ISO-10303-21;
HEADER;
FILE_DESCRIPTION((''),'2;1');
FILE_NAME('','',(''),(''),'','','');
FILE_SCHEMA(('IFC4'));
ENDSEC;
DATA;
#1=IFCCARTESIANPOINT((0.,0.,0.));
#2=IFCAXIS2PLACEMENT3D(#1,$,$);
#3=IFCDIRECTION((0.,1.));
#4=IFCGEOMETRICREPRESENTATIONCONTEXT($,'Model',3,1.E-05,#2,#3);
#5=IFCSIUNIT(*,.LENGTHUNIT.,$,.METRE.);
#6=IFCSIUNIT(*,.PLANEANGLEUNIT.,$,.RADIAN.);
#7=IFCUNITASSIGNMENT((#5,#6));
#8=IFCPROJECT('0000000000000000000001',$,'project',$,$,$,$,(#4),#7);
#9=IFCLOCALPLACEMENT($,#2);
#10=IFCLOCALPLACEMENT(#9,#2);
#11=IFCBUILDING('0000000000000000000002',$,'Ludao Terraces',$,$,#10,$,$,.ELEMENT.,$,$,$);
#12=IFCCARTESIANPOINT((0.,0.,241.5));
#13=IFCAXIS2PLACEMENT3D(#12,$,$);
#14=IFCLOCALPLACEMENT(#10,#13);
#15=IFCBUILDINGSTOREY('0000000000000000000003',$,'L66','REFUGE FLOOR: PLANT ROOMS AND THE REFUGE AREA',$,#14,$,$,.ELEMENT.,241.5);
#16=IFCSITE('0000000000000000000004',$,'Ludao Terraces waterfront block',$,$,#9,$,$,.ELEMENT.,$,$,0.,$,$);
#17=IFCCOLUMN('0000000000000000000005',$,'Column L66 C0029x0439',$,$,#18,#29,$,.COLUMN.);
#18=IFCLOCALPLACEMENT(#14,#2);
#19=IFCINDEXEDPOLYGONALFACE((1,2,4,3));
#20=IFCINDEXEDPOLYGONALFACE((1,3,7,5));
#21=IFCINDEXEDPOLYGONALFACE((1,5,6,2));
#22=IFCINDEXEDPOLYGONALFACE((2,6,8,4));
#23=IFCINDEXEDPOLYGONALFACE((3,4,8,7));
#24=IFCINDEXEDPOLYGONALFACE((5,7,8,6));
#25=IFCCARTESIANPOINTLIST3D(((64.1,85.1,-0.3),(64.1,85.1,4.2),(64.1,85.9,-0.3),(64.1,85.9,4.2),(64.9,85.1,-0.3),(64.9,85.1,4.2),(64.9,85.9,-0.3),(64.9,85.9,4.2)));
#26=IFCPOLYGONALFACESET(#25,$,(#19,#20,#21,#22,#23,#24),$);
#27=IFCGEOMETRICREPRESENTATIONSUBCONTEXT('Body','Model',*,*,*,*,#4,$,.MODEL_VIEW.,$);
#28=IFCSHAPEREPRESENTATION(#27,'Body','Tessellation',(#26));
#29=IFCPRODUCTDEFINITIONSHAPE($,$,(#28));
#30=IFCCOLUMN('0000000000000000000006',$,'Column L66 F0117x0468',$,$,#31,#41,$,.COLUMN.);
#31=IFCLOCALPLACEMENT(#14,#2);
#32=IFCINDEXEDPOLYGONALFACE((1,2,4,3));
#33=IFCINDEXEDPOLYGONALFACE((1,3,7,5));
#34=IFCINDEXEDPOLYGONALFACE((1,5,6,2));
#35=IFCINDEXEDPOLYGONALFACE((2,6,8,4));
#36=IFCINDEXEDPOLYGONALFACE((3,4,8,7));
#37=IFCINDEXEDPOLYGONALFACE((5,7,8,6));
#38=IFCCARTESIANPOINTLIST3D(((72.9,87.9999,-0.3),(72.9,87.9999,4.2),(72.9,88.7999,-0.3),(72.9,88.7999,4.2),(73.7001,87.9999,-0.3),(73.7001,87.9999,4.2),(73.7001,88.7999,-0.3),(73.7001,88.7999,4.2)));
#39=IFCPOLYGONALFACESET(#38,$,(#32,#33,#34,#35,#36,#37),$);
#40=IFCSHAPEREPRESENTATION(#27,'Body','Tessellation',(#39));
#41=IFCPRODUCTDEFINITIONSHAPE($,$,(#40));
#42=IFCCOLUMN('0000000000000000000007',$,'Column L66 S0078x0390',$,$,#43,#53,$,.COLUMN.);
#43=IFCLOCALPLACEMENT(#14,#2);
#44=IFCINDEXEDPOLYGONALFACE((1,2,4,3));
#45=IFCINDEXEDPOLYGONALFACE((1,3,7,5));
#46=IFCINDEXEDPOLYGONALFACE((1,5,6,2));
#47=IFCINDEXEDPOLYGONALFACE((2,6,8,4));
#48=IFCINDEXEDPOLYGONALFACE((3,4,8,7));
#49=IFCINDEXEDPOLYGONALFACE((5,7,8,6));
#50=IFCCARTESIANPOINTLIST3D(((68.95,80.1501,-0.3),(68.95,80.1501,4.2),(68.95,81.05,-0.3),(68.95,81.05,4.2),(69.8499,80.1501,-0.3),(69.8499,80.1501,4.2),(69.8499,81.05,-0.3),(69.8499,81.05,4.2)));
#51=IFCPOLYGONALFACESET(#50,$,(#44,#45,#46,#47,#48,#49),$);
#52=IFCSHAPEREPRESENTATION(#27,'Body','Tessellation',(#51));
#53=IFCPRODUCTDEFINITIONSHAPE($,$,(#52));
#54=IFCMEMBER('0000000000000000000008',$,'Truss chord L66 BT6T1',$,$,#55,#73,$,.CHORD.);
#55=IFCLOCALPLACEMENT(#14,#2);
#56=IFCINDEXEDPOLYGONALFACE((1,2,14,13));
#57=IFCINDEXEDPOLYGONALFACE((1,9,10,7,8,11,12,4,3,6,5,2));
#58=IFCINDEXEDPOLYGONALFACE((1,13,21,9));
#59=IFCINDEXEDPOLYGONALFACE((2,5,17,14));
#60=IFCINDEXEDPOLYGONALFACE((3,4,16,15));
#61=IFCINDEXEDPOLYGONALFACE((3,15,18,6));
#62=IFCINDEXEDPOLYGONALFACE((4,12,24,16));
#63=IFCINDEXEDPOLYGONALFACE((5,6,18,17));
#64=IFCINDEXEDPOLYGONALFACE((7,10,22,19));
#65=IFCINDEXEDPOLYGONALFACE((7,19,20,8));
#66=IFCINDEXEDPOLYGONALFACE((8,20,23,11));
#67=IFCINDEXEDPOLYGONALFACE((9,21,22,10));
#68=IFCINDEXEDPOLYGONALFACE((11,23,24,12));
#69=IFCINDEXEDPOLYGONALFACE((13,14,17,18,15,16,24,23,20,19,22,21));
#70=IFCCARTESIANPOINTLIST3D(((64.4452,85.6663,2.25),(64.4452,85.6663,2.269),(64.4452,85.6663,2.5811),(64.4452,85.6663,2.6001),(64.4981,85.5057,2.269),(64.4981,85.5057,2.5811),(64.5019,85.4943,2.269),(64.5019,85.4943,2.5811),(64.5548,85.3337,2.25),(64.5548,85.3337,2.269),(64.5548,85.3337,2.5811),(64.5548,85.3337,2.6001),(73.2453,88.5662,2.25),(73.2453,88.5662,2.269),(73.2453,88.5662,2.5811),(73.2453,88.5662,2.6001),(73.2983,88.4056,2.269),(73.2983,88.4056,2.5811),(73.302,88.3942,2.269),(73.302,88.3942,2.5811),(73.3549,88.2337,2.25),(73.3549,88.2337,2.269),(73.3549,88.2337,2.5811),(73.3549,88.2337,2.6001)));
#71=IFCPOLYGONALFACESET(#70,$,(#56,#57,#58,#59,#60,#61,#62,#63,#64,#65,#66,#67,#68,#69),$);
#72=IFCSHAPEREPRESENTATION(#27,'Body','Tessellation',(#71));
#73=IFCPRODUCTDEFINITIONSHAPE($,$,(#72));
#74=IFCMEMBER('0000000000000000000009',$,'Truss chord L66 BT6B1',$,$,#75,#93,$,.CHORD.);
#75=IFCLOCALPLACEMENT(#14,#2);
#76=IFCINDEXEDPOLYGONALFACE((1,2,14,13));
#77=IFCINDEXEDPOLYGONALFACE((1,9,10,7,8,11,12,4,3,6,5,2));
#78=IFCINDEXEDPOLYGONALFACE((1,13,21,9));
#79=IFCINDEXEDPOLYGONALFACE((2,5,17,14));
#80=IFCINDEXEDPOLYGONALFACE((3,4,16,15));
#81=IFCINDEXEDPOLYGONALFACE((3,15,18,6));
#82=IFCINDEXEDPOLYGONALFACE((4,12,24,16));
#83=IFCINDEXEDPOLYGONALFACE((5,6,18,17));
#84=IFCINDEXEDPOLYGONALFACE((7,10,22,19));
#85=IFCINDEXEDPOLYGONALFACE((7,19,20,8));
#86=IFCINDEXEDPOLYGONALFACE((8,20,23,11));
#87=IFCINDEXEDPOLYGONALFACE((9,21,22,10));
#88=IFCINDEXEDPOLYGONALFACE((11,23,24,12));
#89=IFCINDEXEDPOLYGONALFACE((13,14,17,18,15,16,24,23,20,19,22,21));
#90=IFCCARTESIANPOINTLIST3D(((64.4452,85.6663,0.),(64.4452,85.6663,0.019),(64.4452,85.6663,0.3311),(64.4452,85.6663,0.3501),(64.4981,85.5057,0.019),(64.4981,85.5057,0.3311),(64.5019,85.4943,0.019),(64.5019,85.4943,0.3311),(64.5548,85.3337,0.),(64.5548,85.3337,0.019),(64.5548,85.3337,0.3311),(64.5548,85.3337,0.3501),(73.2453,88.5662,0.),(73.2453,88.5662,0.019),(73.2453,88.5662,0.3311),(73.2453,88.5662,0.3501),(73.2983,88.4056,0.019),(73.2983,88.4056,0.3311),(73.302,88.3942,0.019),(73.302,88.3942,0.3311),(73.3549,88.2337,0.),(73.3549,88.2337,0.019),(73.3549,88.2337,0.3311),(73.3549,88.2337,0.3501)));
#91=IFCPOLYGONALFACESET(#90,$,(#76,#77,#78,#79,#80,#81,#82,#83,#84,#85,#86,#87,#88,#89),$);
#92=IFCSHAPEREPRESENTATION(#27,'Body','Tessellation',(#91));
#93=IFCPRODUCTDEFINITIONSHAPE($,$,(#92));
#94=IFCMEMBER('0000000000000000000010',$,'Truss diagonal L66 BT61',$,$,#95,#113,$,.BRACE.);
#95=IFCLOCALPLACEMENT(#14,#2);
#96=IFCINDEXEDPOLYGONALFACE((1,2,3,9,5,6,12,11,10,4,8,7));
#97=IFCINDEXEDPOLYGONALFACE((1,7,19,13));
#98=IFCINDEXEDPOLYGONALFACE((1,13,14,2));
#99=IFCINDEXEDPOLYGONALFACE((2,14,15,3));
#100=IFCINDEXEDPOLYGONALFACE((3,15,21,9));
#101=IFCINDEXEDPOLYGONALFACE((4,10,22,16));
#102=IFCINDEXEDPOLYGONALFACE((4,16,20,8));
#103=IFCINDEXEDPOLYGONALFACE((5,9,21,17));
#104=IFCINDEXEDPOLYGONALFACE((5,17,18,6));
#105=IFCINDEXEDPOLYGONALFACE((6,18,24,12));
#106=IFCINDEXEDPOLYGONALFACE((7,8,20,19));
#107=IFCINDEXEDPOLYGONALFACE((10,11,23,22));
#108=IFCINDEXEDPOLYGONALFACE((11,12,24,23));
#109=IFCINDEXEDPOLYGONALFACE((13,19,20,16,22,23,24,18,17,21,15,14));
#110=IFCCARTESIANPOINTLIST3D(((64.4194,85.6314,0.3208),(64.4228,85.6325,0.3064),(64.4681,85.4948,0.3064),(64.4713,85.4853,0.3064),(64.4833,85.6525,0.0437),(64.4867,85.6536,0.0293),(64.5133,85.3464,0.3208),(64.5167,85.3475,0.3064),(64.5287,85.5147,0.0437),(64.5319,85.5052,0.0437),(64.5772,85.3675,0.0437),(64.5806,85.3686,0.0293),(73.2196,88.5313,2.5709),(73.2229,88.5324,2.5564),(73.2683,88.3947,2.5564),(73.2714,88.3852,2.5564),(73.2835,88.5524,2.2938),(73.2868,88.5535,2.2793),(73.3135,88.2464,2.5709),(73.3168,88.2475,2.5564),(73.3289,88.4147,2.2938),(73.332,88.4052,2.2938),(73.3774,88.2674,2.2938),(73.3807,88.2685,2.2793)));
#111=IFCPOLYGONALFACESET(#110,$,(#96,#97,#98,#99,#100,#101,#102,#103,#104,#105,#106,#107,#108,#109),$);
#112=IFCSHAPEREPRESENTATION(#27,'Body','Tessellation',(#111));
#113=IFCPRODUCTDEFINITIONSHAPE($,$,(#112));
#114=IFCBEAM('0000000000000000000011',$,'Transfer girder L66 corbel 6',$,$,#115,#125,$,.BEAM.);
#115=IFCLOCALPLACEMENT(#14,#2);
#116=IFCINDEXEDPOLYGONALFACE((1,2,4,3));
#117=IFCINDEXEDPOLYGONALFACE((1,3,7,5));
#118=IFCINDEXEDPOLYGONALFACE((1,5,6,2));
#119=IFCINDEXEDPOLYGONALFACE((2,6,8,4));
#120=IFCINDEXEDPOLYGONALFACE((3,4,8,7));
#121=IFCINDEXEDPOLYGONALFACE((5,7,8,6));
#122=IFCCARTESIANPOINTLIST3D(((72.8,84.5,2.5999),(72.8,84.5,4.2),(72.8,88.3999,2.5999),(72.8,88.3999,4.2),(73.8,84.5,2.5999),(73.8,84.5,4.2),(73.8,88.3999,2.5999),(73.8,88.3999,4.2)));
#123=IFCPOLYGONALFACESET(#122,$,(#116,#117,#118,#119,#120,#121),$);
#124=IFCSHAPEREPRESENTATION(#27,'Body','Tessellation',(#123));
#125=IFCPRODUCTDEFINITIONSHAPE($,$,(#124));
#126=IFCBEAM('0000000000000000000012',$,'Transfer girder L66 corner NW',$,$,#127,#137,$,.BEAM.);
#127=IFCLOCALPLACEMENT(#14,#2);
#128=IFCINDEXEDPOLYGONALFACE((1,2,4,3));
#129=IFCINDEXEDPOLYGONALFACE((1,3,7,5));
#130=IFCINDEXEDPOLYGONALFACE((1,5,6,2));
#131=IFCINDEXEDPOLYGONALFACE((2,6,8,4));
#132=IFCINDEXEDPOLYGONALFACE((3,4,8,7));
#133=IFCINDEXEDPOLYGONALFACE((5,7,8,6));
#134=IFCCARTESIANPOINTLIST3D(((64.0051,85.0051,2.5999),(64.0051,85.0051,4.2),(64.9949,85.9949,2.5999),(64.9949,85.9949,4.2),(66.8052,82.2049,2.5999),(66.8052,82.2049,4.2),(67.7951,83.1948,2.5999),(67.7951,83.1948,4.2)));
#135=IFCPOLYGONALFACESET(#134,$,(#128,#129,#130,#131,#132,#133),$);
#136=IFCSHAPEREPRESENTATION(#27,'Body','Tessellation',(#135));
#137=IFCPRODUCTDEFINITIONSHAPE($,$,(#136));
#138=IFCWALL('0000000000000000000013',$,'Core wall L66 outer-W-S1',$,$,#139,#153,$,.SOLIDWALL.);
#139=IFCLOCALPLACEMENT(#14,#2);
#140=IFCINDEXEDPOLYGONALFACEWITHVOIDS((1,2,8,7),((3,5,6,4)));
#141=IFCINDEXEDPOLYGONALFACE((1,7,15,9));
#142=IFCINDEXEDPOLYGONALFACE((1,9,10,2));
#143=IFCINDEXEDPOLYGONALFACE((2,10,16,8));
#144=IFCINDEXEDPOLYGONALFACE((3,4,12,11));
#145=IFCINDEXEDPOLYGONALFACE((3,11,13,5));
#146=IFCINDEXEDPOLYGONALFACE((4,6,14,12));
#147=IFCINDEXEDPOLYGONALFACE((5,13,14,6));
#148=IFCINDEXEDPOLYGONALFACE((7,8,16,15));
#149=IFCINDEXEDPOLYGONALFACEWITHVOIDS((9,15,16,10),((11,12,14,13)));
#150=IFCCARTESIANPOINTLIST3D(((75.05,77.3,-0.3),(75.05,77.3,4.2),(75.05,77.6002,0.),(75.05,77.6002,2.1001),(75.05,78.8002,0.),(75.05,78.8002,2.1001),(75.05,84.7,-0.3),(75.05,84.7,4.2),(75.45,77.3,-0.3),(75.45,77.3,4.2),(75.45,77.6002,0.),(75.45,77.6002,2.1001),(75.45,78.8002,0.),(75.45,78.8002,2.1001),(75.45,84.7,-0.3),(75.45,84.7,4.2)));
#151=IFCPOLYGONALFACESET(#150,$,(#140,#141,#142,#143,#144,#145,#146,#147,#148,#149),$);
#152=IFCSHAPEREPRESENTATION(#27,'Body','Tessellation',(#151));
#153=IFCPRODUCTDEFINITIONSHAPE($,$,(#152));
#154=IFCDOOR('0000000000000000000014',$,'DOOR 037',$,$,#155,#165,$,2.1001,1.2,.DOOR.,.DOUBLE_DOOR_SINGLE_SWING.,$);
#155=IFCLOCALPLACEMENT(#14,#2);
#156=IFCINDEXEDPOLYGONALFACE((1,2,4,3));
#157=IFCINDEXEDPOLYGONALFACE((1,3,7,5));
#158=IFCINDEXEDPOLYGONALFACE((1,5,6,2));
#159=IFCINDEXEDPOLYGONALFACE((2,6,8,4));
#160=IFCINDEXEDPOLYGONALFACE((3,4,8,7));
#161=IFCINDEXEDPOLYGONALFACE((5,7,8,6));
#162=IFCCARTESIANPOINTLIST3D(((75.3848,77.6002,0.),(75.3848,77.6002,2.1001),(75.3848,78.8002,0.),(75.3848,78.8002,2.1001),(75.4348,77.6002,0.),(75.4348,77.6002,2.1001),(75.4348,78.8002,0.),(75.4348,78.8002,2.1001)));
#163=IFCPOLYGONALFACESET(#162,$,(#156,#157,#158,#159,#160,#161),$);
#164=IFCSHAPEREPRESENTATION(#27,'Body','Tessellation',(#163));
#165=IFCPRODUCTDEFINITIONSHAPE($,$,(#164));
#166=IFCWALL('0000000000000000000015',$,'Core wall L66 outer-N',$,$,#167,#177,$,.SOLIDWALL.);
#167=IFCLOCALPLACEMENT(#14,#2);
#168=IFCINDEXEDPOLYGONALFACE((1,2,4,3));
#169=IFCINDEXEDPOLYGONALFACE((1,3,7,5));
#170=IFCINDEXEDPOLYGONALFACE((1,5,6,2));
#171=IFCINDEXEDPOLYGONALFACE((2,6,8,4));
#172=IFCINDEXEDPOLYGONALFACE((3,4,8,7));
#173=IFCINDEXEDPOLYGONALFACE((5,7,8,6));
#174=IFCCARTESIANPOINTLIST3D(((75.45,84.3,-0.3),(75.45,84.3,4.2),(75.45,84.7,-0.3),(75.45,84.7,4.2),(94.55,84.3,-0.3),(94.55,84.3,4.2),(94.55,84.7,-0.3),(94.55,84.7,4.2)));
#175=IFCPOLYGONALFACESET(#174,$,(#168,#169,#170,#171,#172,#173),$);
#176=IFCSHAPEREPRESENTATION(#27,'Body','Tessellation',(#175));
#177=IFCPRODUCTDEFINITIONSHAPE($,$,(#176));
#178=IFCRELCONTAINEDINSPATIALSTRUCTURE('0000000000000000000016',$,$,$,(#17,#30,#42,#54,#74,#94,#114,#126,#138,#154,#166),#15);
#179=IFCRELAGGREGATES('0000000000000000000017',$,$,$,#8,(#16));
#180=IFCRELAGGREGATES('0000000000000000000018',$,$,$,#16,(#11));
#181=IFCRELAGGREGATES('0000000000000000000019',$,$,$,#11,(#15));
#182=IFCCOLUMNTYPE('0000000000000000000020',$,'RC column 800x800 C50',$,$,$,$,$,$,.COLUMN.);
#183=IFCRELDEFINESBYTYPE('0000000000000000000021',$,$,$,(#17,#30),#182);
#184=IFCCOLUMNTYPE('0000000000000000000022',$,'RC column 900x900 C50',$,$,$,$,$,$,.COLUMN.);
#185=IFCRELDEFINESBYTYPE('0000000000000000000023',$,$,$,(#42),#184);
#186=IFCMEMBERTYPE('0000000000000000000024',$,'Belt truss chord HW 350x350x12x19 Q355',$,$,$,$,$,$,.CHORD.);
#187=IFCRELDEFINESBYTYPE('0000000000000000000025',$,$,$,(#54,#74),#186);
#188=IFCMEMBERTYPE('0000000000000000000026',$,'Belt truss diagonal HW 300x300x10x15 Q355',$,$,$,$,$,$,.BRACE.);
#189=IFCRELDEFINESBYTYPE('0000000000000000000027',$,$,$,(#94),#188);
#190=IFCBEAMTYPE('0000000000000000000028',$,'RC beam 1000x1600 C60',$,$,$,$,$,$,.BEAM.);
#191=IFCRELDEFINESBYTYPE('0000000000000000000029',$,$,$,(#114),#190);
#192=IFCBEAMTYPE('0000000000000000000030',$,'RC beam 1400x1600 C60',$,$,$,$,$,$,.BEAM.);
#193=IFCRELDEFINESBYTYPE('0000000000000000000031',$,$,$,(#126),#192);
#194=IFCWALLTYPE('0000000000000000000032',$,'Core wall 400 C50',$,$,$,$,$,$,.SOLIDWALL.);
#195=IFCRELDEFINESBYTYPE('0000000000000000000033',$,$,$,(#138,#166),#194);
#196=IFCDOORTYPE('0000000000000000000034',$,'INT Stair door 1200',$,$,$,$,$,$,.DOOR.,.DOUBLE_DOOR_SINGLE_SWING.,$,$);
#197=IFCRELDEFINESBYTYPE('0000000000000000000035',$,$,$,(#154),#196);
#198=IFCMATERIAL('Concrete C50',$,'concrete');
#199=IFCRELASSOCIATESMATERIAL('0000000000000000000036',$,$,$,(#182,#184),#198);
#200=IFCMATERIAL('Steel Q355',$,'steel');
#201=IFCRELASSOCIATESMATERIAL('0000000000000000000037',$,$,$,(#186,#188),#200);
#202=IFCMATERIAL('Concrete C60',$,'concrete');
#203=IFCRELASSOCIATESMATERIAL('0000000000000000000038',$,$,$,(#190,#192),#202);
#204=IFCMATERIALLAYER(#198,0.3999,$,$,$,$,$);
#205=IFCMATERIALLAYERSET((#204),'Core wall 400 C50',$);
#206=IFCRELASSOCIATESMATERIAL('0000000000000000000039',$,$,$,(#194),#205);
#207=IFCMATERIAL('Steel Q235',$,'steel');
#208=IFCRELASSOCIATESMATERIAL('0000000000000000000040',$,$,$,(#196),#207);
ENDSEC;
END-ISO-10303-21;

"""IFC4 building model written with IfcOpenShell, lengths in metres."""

from ifc_helpers import new_model, si_unit, direction, frame, frame_2d, origin, origin_2d, place, context, subcontext, project, spatial, rectangle, i_section, extrude, material, layer, layer_set, material_profile, profile_set, type_object, element, fill, save


model = new_model("IFC4")

# Units and contexts
model_context = context("Model", 3, precision=1e-05, world=origin(), true_north=direction((0.0, 1.0)))
body_context = subcontext(model_context, "Body", "Model", "MODEL_VIEW")
ifc_project = project(units=[si_unit("LENGTHUNIT", "METRE"), si_unit("PLANEANGLEUNIT", "RADIAN")], contexts=[model_context])

# Site, building, storey
site_placement = place(None, origin())
site = spatial("IfcSite", under=ifc_project, at=site_placement, Name="Ludao Terraces waterfront block", CompositionType="ELEMENT", RefElevation=0.0)
building_placement = place(site_placement, origin())
building = spatial("IfcBuilding", under=site, at=building_placement, Name="Ludao Terraces", CompositionType="ELEMENT")
storey_placement = place(building_placement, frame((0.0, 0.0, 241.5)))
storey = spatial("IfcBuildingStorey", under=building, at=storey_placement, Name="L66", Description="REFUGE FLOOR: PLANT ROOMS AND THE REFUGE AREA", CompositionType="ELEMENT", Elevation=241.5)

# Columns
ifc_material_1 = material(Name="Concrete C50", Category="concrete")
ifc_material_profile_1 = material_profile(ifc_material_1, rectangle(XDim=0.8, YDim=0.8, at=origin_2d()), Name="800 X 800")
ifc_profile_set_1 = profile_set([ifc_material_profile_1], Name="Concrete C50")
column_type_1 = type_object("IfcColumnType", Name="RC column 800x800 C50", PredefinedType="COLUMN", material=ifc_profile_set_1)
for number, where, z_axis, x_axis, name in (
    (1, (64.5, 85.5, -0.3), (0.0, 0.0, 1.0), (1.0, 0.0, 0.0), "Column L66 C0029x0439"),
    (2, (73.3, 88.3999, -0.3), (0.0, 0.0, 1.0), (1.0, 0.0, 0.0), "Column L66 F0117x0468"),
):
    element("IfcColumn", number, at=place(storey_placement, frame(where, z_axis=z_axis, x_axis=x_axis)), inside=storey, type_object=column_type_1, Name=name, PredefinedType="COLUMN", context=body_context, shape_type="SweptSolid", body=[
        extrude(rectangle(XDim=0.8, YDim=0.8, at=origin_2d()), origin(), (0.0, 0.0, 1.0), 4.5),
    ])
ifc_material_profile_2 = material_profile(ifc_material_1, rectangle(XDim=0.8999, YDim=0.8999, at=origin_2d()), Name="900 X 900")
ifc_profile_set_2 = profile_set([ifc_material_profile_2], Name="Concrete C50")
column_type_2 = type_object("IfcColumnType", Name="RC column 900x900 C50", PredefinedType="COLUMN", material=ifc_profile_set_2)
column_placement = place(storey_placement, frame((69.3999, 80.6001, -0.3), z_axis=(0.0, 0.0, 1.0), x_axis=(1.0, 0.0, 0.0)))
element("IfcColumn", 3, at=column_placement, inside=storey, type_object=column_type_2, Name="Column L66 S0078x0390", PredefinedType="COLUMN", context=body_context, shape_type="SweptSolid", body=[
    extrude(rectangle(XDim=0.8999, YDim=0.8999, at=origin_2d()), origin(), (0.0, 0.0, 1.0), 4.5),
])

# Members
ifc_material_2 = material(Name="Steel Q355", Category="steel")
ifc_material_profile_3 = material_profile(ifc_material_2, i_section(OverallWidth=0.3501, OverallDepth=0.3501, WebThickness=0.012, FlangeThickness=0.019, at=origin_2d()), Name="HW 350X350X12X19")
ifc_profile_set_3 = profile_set([ifc_material_profile_3], Name="Steel Q355")
member_type_1 = type_object("IfcMemberType", Name="Belt truss chord HW 350x350x12x19 Q355", PredefinedType="CHORD", material=ifc_profile_set_3)
for number, where, z_axis, x_axis, name in (
    (4, (64.5, 85.5, 2.425), (0.949761, 0.312977, 0.0), (-0.312977, 0.949761, 0.0), "Truss chord L66 BT6T1"),
    (5, (64.5, 85.5, 0.175), (0.949761, 0.312977, 0.0), (-0.312977, 0.949761, 0.0), "Truss chord L66 BT6B1"),
):
    element("IfcMember", number, at=place(storey_placement, frame(where, z_axis=z_axis, x_axis=x_axis)), inside=storey, type_object=member_type_1, Name=name, PredefinedType="CHORD", context=body_context, shape_type="SweptSolid", body=[
        extrude(i_section(OverallWidth=0.3501, OverallDepth=0.3501, WebThickness=0.012, FlangeThickness=0.019, at=origin_2d()), origin(), (0.0, 0.0, 1.0), 9.2656),
    ])
ifc_material_profile_4 = material_profile(ifc_material_2, i_section(OverallWidth=0.3, OverallDepth=0.3, WebThickness=0.01, FlangeThickness=0.0149, at=origin_2d()), Name="HW 300X300X10X15")
ifc_profile_set_4 = profile_set([ifc_material_profile_4], Name="Steel Q355")
member_type_2 = type_object("IfcMemberType", Name="Belt truss diagonal HW 300x300x10x15 Q355", PredefinedType="BRACE", material=ifc_profile_set_4)
member_placement = place(storey_placement, frame((64.5, 85.5, 0.175), z_axis=(0.922938, 0.304138, 0.235977), x_axis=(-0.312977, 0.949761, 0.0)))
element("IfcMember", 6, at=member_placement, inside=storey, type_object=member_type_2, Name="Truss diagonal L66 BT61", PredefinedType="BRACE", context=body_context, shape_type="SweptSolid", body=[
    extrude(i_section(OverallWidth=0.3, OverallDepth=0.3, WebThickness=0.01, FlangeThickness=0.0149, at=origin_2d()), origin(), (0.0, 0.0, 1.0), 9.5349),
])

# Beams
ifc_material_3 = material(Name="Concrete C60", Category="concrete")
ifc_material_profile_5 = material_profile(ifc_material_3, rectangle(XDim=1.0, YDim=1.6001, at=origin_2d()), Name="1000 X 1600")
ifc_profile_set_5 = profile_set([ifc_material_profile_5], Name="Concrete C60")
beam_type_1 = type_object("IfcBeamType", Name="RC beam 1000x1600 C60", PredefinedType="BEAM", material=ifc_profile_set_5)
beam_1_placement = place(storey_placement, frame((73.3, 88.3999, 3.3999), z_axis=(0.0, -1.0, 0.0), x_axis=(1.0, 0.0, 0.0)))
element("IfcBeam", 7, at=beam_1_placement, inside=storey, type_object=beam_type_1, Name="Transfer girder L66 corbel 6", PredefinedType="BEAM", context=body_context, shape_type="SweptSolid", body=[
    extrude(rectangle(XDim=1.0, YDim=1.6001, at=origin_2d()), origin(), (0.0, 0.0, 1.0), 3.8999),
])
ifc_material_profile_6 = material_profile(ifc_material_3, rectangle(XDim=1.3999, YDim=1.6001, at=origin_2d()), Name="1400 X 1600")
ifc_profile_set_6 = profile_set([ifc_material_profile_6], Name="Concrete C60")
beam_type_2 = type_object("IfcBeamType", Name="RC beam 1400x1600 C60", PredefinedType="BEAM", material=ifc_profile_set_6)
beam_2_placement = place(storey_placement, frame((64.5, 85.5, 3.3999), z_axis=(0.707107, -0.707107, 0.0), x_axis=(0.707107, 0.707107, 0.0)))
element("IfcBeam", 8, at=beam_2_placement, inside=storey, type_object=beam_type_2, Name="Transfer girder L66 corner NW", PredefinedType="BEAM", context=body_context, shape_type="SweptSolid", body=[
    extrude(rectangle(XDim=1.3999, YDim=1.6001, at=origin_2d()), origin(), (0.0, 0.0, 1.0), 3.96),
])

# Wall, opening, door
ifc_layer_1 = layer(ifc_material_1, 0.3999)
ifc_layer_set_1 = layer_set([ifc_layer_1], Name="Core wall 400 C50")
wall_type_1 = type_object("IfcWallType", Name="Core wall 400 C50", PredefinedType="SOLIDWALL", material=ifc_layer_set_1)
wall_1_placement = place(storey_placement, frame((75.25, 77.3, -0.3), z_axis=(0.0, 0.0, 1.0), x_axis=(0.0, 1.0, 0.0)))
wall_1 = element("IfcWall", 9, at=wall_1_placement, inside=storey, type_object=wall_type_1, Name="Core wall L66 outer-W-S1", PredefinedType="SOLIDWALL", context=body_context, shape_type="SweptSolid", body=[
    extrude(rectangle(XDim=7.3999, YDim=0.3999, at=frame_2d((3.7, 0.0))), origin(), (0.0, 0.0, 1.0), 4.5),
])
opening_1_placement = place(wall_1_placement, frame((0.3, 0.0, 0.3)))
opening_1 = element("IfcOpeningElement", 10, at=opening_1_placement, cuts=wall_1, PredefinedType="OPENING", context=body_context, shape_type="SweptSolid", body=[
    extrude(rectangle(XDim=1.2, YDim=2.1001, at=frame_2d((0.6001, 1.05))), frame((0.0, 0.21, 0.0), z_axis=(0.0, -1.0, 0.0), x_axis=(1.0, 0.0, 0.0)), (0.0, 0.0, 1.0), 0.4199),
])
ifc_material_4 = material(Name="Steel Q235", Category="steel")
door_type_1 = type_object("IfcDoorType", Name="INT Stair door 1200", OperationType="DOUBLE_DOOR_SINGLE_SWING", PredefinedType="DOOR", material=ifc_material_4)
door_1_placement = place(opening_1_placement, origin())
door_1 = element("IfcDoor", 11, at=door_1_placement, inside=storey, type_object=door_type_1, Name="DOOR 037", OperationType="DOUBLE_DOOR_SINGLE_SWING", OverallHeight=2.1001, OverallWidth=1.2, PredefinedType="DOOR", context=body_context, shape_type="SweptSolid", body=[
    extrude(rectangle(XDim=1.2, YDim=2.1001, at=frame_2d((0.6001, 1.05))), frame((0.0, -0.1348, 0.0), z_axis=(0.0, -1.0, 0.0), x_axis=(1.0, 0.0, 0.0)), (0.0, 0.0, 1.0), 0.05),
])
fill(opening_1, door_1)

# Wall
wall_2_placement = place(storey_placement, frame((75.45, 84.5, -0.3), z_axis=(0.0, 0.0, 1.0), x_axis=(1.0, 0.0, 0.0)))
element("IfcWall", 12, at=wall_2_placement, inside=storey, type_object=wall_type_1, Name="Core wall L66 outer-N", PredefinedType="SOLIDWALL", context=body_context, shape_type="SweptSolid", body=[
    extrude(rectangle(XDim=19.1001, YDim=0.3999, at=frame_2d((9.55, 0.0))), origin(), (0.0, 0.0, 1.0), 4.5),
])

save(model, "model.ifc")
